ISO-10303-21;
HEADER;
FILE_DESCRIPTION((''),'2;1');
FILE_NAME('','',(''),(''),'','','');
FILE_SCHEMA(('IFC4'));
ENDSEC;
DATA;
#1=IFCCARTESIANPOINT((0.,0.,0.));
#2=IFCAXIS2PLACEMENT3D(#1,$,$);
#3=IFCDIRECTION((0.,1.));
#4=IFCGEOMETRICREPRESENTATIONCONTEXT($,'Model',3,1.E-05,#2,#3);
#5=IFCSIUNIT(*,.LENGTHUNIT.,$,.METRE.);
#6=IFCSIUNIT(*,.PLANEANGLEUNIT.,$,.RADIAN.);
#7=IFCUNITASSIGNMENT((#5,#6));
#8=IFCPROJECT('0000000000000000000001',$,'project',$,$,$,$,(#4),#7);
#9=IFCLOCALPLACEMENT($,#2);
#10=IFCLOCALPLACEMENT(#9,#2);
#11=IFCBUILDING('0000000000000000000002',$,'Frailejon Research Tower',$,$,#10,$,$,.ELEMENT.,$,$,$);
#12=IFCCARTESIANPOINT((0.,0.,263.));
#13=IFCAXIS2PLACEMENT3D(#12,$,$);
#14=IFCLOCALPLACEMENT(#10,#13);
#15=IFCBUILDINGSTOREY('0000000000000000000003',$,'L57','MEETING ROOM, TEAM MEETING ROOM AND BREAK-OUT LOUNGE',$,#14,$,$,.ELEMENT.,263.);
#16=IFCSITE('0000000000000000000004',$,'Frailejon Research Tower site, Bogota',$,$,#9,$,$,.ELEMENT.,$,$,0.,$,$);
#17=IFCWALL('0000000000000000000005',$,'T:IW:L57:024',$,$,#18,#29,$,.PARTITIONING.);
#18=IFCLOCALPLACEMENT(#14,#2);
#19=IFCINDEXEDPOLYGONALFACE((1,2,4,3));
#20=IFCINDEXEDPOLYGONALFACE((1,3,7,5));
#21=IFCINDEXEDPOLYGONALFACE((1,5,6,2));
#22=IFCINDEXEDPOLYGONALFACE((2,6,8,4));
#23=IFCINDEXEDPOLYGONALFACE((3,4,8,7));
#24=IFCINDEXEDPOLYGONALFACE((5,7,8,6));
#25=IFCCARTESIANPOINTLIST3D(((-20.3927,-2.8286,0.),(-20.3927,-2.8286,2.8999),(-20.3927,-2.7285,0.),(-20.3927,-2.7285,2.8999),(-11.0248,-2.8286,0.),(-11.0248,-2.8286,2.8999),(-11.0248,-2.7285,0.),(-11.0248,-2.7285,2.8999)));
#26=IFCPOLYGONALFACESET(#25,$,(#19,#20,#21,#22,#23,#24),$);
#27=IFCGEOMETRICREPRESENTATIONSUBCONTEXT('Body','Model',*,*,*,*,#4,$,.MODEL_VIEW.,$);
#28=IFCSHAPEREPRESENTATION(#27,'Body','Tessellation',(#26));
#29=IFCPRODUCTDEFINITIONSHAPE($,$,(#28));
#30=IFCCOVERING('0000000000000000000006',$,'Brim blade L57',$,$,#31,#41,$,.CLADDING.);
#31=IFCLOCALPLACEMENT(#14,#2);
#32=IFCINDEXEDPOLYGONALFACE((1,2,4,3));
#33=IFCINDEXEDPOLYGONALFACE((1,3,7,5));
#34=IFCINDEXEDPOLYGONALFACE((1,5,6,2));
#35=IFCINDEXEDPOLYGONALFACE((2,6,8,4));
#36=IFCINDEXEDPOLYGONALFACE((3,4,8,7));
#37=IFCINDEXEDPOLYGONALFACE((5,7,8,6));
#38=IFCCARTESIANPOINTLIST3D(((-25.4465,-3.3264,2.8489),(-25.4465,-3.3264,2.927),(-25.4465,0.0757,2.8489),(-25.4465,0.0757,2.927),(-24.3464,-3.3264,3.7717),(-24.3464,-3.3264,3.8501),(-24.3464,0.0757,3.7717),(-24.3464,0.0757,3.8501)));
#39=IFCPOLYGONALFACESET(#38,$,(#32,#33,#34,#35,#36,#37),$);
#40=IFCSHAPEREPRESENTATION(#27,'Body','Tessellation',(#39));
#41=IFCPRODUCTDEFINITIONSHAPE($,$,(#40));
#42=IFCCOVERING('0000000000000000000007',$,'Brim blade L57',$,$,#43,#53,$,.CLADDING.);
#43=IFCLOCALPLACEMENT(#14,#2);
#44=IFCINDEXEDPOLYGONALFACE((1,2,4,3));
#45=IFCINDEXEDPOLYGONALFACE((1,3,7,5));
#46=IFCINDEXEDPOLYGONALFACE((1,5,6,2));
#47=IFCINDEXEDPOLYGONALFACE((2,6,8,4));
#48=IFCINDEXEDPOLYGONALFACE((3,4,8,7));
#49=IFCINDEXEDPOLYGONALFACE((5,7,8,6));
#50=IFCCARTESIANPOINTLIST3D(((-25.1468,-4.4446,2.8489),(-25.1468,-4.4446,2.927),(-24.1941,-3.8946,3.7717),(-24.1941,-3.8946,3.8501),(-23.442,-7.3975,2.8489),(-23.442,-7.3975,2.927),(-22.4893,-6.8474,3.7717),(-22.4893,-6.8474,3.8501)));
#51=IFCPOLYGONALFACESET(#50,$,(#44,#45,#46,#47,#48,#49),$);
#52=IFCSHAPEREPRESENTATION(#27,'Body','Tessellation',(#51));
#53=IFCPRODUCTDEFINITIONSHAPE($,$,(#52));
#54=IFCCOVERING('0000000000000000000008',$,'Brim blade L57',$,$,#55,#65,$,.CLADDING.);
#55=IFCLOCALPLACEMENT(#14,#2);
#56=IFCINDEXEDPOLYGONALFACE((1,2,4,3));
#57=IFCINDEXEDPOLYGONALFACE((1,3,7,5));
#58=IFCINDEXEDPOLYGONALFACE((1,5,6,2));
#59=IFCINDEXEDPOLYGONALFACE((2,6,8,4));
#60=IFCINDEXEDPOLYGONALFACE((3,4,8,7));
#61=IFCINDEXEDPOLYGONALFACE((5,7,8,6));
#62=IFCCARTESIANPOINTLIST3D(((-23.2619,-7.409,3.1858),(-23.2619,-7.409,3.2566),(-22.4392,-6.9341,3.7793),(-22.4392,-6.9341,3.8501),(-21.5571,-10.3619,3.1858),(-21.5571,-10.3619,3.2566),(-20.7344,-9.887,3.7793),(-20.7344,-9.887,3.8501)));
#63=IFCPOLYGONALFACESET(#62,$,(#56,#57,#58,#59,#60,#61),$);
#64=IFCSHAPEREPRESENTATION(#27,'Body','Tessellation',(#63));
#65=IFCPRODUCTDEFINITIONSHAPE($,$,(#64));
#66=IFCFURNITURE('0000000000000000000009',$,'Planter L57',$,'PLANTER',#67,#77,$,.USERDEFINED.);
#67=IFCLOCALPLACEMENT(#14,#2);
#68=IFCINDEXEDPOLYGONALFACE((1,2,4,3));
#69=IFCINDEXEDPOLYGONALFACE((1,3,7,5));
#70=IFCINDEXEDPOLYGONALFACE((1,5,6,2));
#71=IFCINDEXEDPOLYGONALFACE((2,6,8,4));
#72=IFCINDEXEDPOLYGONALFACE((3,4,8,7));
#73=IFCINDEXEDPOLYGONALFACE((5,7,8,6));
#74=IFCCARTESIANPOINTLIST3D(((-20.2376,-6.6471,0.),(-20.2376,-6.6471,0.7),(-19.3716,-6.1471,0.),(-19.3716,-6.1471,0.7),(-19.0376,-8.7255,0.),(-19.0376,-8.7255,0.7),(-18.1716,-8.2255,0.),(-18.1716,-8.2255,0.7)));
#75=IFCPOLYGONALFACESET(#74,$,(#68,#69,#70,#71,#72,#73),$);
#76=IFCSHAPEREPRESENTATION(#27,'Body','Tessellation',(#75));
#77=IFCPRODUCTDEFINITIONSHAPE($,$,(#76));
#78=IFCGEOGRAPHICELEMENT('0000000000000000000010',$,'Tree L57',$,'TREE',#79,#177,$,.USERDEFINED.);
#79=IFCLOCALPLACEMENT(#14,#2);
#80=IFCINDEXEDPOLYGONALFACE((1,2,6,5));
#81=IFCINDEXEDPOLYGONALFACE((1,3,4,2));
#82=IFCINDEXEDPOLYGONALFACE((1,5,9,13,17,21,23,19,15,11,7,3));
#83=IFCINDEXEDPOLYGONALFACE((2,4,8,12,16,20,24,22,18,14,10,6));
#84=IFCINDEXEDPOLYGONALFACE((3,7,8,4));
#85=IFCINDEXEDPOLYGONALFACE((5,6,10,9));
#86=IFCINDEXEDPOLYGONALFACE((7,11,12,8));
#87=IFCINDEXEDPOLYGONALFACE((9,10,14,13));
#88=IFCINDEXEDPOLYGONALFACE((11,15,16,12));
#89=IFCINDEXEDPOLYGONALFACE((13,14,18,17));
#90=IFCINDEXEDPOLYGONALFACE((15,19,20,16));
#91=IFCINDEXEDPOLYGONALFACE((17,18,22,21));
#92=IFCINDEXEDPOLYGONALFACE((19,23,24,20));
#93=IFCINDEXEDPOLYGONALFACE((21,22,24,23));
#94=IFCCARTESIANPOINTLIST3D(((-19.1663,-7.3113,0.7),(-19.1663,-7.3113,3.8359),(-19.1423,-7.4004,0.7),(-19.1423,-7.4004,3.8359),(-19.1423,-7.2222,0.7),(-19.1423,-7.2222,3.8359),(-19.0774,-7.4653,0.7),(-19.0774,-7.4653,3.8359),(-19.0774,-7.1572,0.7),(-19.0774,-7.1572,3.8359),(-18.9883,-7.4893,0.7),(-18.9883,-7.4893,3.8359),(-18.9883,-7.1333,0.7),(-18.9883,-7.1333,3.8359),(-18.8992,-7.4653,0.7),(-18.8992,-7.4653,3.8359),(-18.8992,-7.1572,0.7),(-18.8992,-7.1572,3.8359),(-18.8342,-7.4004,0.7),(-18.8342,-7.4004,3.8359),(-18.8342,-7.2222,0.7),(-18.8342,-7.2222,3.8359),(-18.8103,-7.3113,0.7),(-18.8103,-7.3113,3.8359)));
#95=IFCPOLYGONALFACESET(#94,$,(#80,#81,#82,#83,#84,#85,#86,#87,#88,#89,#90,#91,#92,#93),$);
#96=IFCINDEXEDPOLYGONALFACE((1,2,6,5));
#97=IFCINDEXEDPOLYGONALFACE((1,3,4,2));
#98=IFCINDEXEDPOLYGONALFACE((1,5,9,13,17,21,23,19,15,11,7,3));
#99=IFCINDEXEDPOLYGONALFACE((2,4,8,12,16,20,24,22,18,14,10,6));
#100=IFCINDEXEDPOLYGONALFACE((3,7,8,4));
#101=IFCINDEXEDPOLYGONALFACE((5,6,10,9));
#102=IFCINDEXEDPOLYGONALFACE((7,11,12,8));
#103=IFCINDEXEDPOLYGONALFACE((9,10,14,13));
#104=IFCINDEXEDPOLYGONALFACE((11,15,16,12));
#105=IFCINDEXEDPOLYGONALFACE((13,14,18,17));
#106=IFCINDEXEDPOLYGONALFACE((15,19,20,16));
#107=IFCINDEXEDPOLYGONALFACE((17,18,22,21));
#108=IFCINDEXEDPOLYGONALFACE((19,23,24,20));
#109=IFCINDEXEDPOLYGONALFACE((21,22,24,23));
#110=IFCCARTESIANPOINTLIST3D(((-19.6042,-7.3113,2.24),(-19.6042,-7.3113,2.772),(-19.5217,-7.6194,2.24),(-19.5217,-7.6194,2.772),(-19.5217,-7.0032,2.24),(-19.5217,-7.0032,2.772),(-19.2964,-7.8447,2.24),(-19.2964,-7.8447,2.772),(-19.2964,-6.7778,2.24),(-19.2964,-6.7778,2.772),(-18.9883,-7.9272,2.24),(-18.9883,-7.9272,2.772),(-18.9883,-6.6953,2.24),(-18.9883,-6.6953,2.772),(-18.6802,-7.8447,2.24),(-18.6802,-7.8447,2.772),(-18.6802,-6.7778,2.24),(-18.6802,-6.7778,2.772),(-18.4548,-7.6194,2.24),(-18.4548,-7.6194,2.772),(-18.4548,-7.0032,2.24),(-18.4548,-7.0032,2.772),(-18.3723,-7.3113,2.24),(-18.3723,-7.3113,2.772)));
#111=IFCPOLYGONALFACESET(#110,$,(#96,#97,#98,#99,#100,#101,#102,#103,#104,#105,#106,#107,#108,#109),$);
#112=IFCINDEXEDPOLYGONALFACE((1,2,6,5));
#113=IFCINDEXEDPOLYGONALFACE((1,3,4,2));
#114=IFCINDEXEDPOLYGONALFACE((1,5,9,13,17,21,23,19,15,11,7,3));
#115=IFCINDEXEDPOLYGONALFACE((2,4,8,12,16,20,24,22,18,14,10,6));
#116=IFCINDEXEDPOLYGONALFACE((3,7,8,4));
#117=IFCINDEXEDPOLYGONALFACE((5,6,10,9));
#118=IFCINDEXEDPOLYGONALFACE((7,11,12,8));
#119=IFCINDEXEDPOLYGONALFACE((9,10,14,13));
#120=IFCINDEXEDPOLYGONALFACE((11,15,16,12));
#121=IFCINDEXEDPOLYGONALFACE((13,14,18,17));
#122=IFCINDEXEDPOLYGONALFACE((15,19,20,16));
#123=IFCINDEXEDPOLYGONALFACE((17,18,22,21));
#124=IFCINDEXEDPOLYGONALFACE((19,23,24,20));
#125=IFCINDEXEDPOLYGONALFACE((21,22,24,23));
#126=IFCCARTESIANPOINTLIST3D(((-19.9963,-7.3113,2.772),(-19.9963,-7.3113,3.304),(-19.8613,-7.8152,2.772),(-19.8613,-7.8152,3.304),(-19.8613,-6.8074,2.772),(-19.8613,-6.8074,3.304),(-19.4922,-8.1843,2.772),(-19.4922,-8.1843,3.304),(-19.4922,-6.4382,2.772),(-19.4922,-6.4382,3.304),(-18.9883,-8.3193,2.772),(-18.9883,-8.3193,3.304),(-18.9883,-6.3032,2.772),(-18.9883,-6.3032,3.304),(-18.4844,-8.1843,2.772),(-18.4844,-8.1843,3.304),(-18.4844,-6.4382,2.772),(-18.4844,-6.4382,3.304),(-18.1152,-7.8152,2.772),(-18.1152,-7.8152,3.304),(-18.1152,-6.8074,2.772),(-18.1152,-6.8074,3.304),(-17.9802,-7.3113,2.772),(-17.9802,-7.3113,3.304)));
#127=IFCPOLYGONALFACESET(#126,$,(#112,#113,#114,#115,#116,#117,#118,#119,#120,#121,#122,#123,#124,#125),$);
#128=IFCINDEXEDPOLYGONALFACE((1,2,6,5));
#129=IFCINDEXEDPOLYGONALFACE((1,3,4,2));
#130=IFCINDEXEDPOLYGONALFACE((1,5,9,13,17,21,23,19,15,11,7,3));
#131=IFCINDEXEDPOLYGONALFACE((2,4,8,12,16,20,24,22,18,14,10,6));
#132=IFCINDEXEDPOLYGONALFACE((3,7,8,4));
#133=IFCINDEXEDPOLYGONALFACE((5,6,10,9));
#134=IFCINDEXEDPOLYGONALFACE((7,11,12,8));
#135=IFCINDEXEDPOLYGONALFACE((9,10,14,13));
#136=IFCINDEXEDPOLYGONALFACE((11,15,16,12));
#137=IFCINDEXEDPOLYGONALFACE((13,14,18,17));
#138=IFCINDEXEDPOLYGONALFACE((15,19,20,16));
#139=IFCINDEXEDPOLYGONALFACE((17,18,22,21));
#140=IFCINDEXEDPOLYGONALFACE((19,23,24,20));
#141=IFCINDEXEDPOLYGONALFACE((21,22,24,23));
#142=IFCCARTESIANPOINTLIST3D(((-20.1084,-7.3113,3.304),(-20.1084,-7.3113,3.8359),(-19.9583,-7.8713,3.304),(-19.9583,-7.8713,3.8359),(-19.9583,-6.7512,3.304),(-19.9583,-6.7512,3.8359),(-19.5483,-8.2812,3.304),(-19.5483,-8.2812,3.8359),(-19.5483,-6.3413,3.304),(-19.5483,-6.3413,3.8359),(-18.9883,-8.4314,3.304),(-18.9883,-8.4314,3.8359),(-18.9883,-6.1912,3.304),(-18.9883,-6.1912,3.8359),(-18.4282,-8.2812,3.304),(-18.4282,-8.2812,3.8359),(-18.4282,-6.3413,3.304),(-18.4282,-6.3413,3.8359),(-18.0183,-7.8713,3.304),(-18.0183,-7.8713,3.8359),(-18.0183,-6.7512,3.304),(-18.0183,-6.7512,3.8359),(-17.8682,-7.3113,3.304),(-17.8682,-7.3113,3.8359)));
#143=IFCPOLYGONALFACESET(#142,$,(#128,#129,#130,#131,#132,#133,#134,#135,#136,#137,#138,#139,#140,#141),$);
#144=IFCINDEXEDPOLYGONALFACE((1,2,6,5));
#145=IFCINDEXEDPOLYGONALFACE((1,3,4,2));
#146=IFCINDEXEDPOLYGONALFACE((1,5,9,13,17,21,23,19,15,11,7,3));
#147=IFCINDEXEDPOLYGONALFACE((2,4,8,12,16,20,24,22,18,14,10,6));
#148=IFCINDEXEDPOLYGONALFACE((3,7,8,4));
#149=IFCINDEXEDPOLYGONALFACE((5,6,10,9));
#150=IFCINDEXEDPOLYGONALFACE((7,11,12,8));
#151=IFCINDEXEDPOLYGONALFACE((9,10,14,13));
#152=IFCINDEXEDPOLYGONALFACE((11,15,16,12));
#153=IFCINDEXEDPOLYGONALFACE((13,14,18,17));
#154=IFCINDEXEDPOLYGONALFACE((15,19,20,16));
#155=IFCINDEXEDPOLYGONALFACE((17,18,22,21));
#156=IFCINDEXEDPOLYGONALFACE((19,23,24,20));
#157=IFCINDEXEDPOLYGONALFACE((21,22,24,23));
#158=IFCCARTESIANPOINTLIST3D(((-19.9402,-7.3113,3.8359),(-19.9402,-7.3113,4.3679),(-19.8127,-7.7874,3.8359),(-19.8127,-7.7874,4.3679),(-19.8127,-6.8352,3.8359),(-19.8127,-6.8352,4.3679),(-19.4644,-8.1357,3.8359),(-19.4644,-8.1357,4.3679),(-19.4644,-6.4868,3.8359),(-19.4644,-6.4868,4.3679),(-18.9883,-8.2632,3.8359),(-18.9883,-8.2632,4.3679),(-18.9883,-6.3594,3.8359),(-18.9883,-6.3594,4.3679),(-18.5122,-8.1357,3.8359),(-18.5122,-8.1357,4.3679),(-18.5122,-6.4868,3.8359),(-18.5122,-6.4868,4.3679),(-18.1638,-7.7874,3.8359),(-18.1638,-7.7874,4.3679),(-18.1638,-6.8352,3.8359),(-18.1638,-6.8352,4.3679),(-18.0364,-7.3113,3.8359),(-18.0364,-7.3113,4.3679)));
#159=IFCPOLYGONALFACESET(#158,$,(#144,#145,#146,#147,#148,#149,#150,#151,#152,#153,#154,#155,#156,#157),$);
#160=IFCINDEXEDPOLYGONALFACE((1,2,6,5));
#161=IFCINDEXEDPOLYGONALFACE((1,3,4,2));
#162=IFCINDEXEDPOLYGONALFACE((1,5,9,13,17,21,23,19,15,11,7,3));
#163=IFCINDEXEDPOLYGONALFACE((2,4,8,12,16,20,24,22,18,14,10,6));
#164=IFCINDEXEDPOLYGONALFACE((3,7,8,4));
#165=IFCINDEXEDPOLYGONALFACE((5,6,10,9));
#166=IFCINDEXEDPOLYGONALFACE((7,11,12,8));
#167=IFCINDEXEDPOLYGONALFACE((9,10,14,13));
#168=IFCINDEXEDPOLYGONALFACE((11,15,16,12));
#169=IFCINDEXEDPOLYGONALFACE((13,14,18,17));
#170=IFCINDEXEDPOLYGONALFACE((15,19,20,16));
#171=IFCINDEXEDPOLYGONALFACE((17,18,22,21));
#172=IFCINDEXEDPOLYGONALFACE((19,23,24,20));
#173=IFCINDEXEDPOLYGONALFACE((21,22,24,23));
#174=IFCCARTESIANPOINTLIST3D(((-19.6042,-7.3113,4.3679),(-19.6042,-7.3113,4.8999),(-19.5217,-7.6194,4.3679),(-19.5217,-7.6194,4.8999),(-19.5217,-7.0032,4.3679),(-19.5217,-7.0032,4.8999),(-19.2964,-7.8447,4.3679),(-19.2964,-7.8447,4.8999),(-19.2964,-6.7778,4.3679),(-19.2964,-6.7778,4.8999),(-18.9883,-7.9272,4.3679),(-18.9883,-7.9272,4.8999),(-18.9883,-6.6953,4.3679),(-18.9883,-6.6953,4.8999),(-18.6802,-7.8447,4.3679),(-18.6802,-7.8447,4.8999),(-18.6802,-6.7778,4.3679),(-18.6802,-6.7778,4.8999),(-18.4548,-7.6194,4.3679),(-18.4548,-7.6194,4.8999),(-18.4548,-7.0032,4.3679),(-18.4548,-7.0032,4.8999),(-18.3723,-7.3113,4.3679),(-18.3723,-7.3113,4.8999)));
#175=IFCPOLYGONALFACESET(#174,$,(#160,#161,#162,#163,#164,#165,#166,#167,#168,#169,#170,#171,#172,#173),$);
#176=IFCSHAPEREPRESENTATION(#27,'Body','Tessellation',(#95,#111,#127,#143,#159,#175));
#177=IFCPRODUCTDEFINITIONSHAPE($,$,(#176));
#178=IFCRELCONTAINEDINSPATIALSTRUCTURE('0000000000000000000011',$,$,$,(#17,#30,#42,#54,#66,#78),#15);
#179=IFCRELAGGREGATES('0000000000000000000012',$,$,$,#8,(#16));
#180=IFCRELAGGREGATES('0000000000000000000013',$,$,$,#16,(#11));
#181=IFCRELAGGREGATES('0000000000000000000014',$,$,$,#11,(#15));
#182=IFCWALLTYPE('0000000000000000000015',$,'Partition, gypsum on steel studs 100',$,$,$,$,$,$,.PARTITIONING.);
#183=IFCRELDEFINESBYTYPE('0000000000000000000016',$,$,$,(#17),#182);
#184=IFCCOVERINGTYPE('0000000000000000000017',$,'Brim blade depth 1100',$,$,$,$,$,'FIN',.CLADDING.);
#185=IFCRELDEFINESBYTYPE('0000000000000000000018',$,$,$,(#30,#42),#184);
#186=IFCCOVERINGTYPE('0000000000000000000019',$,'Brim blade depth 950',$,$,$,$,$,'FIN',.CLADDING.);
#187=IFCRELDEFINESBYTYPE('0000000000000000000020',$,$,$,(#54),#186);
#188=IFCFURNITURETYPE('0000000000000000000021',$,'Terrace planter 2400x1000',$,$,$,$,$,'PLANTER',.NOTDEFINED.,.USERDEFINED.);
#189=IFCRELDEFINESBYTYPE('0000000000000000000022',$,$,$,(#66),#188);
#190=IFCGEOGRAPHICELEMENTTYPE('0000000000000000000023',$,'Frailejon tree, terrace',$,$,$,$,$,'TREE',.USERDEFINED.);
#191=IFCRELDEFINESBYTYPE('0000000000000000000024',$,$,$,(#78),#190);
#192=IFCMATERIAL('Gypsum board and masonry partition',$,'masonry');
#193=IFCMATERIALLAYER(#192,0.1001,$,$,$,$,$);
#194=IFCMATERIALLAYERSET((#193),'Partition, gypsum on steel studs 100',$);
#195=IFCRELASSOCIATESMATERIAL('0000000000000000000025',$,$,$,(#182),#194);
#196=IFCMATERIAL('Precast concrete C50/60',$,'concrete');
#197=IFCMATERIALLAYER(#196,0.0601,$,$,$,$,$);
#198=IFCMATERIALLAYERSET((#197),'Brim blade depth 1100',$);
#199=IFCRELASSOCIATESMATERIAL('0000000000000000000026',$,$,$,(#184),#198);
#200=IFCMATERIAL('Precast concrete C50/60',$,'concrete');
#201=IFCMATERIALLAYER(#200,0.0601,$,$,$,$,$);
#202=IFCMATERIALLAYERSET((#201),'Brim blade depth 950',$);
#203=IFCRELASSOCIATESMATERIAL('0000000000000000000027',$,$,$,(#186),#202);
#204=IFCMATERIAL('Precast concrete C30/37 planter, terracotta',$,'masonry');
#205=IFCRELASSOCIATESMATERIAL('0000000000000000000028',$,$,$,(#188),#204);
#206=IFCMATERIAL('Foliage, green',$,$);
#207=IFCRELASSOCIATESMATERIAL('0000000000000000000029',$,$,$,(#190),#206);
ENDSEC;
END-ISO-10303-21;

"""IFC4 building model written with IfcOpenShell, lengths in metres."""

from ifc_helpers import new_model, si_unit, direction, frame, frame_2d, origin, origin_2d, place, context, subcontext, project, spatial, polyline, rectangle, outline, extrude, material, layer, layer_set, type_object, element, save


model = new_model("IFC4")

# Units and contexts
model_context = context("Model", 3, precision=1e-05, world=origin(), true_north=direction((0.0, 1.0)))
body_context = subcontext(model_context, "Body", "Model", "MODEL_VIEW")
ifc_project = project(units=[si_unit("LENGTHUNIT", "METRE"), si_unit("PLANEANGLEUNIT", "RADIAN")], contexts=[model_context])

# Site, building, storey
site_placement = place(None, origin())
site = spatial("IfcSite", under=ifc_project, at=site_placement, Name="Frailejon Research Tower site, Bogota", CompositionType="ELEMENT", RefElevation=0.0)
building_placement = place(site_placement, origin())
building = spatial("IfcBuilding", under=site, at=building_placement, Name="Frailejon Research Tower", CompositionType="ELEMENT")
storey_placement = place(building_placement, frame((0.0, 0.0, 263.0)))
storey = spatial("IfcBuildingStorey", under=building, at=storey_placement, Name="L57", Description="MEETING ROOM, TEAM MEETING ROOM AND BREAK-OUT LOUNGE", CompositionType="ELEMENT", Elevation=263.0)

# Wall
ifc_material_1 = material(Name="Gypsum board and masonry partition", Category="masonry")
ifc_layer_1 = layer(ifc_material_1, 0.1001)
ifc_layer_set_1 = layer_set([ifc_layer_1], Name="Partition, gypsum on steel studs 100")
wall_type_1 = type_object("IfcWallType", Name="Partition, gypsum on steel studs 100", PredefinedType="PARTITIONING", material=ifc_layer_set_1)
wall_1_placement = place(storey_placement, frame((-20.3928, -2.7786, 0.0), z_axis=(0.0, 0.0, 1.0), x_axis=(1.0, 0.0, 0.0)))
element("IfcWall", 1, at=wall_1_placement, inside=storey, type_object=wall_type_1, Name="T:IW:L57:024", PredefinedType="PARTITIONING", context=body_context, shape_type="SweptSolid", body=[
    extrude(rectangle(XDim=9.3679, YDim=0.1001, at=frame_2d((4.6841, 0.0))), origin(), (0.0, 0.0, 1.0), 2.8999),
])

# Coverings
ifc_material_2 = material(Name="Precast concrete C50/60", Category="concrete")
ifc_layer_2 = layer(ifc_material_2, 0.0601)
ifc_layer_set_2 = layer_set([ifc_layer_2], Name="Brim blade depth 1100")
covering_type_1 = type_object("IfcCoveringType", Name="Brim blade depth 1100", ElementType="FIN", PredefinedType="CLADDING", material=ifc_layer_set_2)
covering_1_placement = place(storey_placement, frame((-24.3464, -3.3264, 3.8501), z_axis=(0.0, 1.0, 0.0), x_axis=(-1.0, 0.0, 0.0)))
element("IfcCovering", 2, at=covering_1_placement, inside=storey, type_object=covering_type_1, Name="Brim blade L57", PredefinedType="CLADDING", context=body_context, shape_type="SweptSolid", body=[
    extrude(outline(polyline([(0.0, -0.0784), (1.1001, -1.0012), (1.1001, -0.9231), (0.0, 0.0), (0.0, -0.0784)])), origin(), (0.0, 0.0, 1.0), 3.4021),
])
covering_2_placement = place(storey_placement, frame((-22.4893, -6.8474, 3.8501), z_axis=(-0.500009, 0.86602, 0.0), x_axis=(-0.86602, -0.500009, 0.0)))
element("IfcCovering", 3, at=covering_2_placement, inside=storey, type_object=covering_type_1, Name="Brim blade L57", PredefinedType="CLADDING", context=body_context, shape_type="SweptSolid", body=[
    extrude(outline(polyline([(0.0, -0.0784), (1.1001, -1.0012), (1.1001, -0.9231), (0.0, 0.0), (0.0, -0.0784)])), origin(), (0.0, 0.0, 1.0), 3.4097),
])
ifc_material_3 = material(Name="Precast concrete C50/60", Category="concrete")
ifc_layer_3 = layer(ifc_material_3, 0.0601)
ifc_layer_set_3 = layer_set([ifc_layer_3], Name="Brim blade depth 950")
covering_type_2 = type_object("IfcCoveringType", Name="Brim blade depth 950", ElementType="FIN", PredefinedType="CLADDING", material=ifc_layer_set_3)
covering_3_placement = place(storey_placement, frame((-20.7344, -9.887, 3.8501), z_axis=(-0.499988, 0.866032, 0.0), x_axis=(-0.866032, -0.499988, 0.0)))
element("IfcCovering", 4, at=covering_3_placement, inside=storey, type_object=covering_type_2, Name="Brim blade L57", PredefinedType="CLADDING", context=body_context, shape_type="SweptSolid", body=[
    extrude(outline(polyline([(0.0, -0.0708), (0.95, -0.6643), (0.95, -0.5935), (0.0, 0.0), (0.0, -0.0708)])), origin(), (0.0, 0.0, 1.0), 3.4097),
])

# Furniture
ifc_material_4 = material(Name="Precast concrete C30/37 planter, terracotta", Category="masonry")
furniture_type = type_object("IfcFurnitureType", Name="Terrace planter 2400x1000", ElementType="PLANTER", AssemblyPlace="NOTDEFINED", PredefinedType="USERDEFINED", material=ifc_material_4)
furniture_placement = place(storey_placement, frame((-19.2046, -7.4363, 0.0), z_axis=(0.0, 0.0, 1.0), x_axis=(0.5, -0.866025, 0.0)))
element("IfcFurniture", 5, at=furniture_placement, inside=storey, type_object=furniture_type, Name="Planter L57", ObjectType="PLANTER", PredefinedType="USERDEFINED", context=body_context, shape_type="SweptSolid", body=[
    extrude(rectangle(XDim=2.3999, YDim=1.0, at=origin_2d()), origin(), (0.0, 0.0, 1.0), 0.7),
])

# Geographic element
ifc_material_5 = material(Name="Foliage, green")
geographic_element_type = type_object("IfcGeographicElementType", Name="Frailejon tree, terrace", ElementType="TREE", PredefinedType="USERDEFINED", material=ifc_material_5)
geographic_element_placement = place(storey_placement, frame((-18.9883, -7.3113, 0.7)))
element("IfcGeographicElement", 6, at=geographic_element_placement, inside=storey, type_object=geographic_element_type, Name="Tree L57", ObjectType="TREE", PredefinedType="USERDEFINED", context=body_context, shape_type="SweptSolid", body=[
    extrude(outline(polyline([(0.178, 0.0), (0.1541, 0.0891), (0.0891, 0.1541), (0.0, 0.178), (-0.0891, 0.1541), (-0.1541, 0.0891), (-0.178, 0.0), (-0.1541, -0.0891), (-0.0891, -0.1541), (0.0, -0.178), (0.0891, -0.1541), (0.1541, -0.0891), (0.178, 0.0)])), origin(), (0.0, 0.0, 1.0), 3.136),
    extrude(outline(polyline([(0.616, 0.0), (0.5334, 0.3081), (0.3081, 0.5334), (0.0, 0.616), (-0.3081, 0.5334), (-0.5334, 0.3081), (-0.616, 0.0), (-0.5334, -0.3081), (-0.3081, -0.5334), (0.0, -0.616), (0.3081, -0.5334), (0.5334, -0.3081), (0.616, 0.0)])), frame((0.0, 0.0, 1.54)), (0.0, 0.0, 1.0), 0.532),
    extrude(outline(polyline([(1.0081, 0.0), (0.873, 0.5039), (0.5039, 0.873), (0.0, 1.0081), (-0.5039, 0.873), (-0.873, 0.5039), (-1.0081, 0.0), (-0.873, -0.5039), (-0.5039, -0.873), (0.0, -1.0081), (0.5039, -0.873), (0.873, -0.5039), (1.0081, 0.0)])), frame((0.0, 0.0, 2.072)), (0.0, 0.0, 1.0), 0.532),
    extrude(outline(polyline([(1.1201, 0.0), (0.97, 0.5601), (0.5601, 0.97), (0.0, 1.1201), (-0.5601, 0.97), (-0.97, 0.5601), (-1.1201, 0.0), (-0.97, -0.5601), (-0.5601, -0.97), (0.0, -1.1201), (0.5601, -0.97), (0.97, -0.5601), (1.1201, 0.0)])), frame((0.0, 0.0, 2.604)), (0.0, 0.0, 1.0), 0.532),
    extrude(outline(polyline([(0.9519, 0.0), (0.8245, 0.4761), (0.4761, 0.8245), (0.0, 0.9519), (-0.4761, 0.8245), (-0.8245, 0.4761), (-0.9519, 0.0), (-0.8245, -0.4761), (-0.4761, -0.8245), (0.0, -0.9519), (0.4761, -0.8245), (0.8245, -0.4761), (0.9519, 0.0)])), frame((0.0, 0.0, 3.136)), (0.0, 0.0, 1.0), 0.532),
    extrude(outline(polyline([(0.616, 0.0), (0.5334, 0.3081), (0.3081, 0.5334), (0.0, 0.616), (-0.3081, 0.5334), (-0.5334, 0.3081), (-0.616, 0.0), (-0.5334, -0.3081), (-0.3081, -0.5334), (0.0, -0.616), (0.3081, -0.5334), (0.5334, -0.3081), (0.616, 0.0)])), frame((0.0, 0.0, 3.668)), (0.0, 0.0, 1.0), 0.532),
])

save(model, "model.ifc")
